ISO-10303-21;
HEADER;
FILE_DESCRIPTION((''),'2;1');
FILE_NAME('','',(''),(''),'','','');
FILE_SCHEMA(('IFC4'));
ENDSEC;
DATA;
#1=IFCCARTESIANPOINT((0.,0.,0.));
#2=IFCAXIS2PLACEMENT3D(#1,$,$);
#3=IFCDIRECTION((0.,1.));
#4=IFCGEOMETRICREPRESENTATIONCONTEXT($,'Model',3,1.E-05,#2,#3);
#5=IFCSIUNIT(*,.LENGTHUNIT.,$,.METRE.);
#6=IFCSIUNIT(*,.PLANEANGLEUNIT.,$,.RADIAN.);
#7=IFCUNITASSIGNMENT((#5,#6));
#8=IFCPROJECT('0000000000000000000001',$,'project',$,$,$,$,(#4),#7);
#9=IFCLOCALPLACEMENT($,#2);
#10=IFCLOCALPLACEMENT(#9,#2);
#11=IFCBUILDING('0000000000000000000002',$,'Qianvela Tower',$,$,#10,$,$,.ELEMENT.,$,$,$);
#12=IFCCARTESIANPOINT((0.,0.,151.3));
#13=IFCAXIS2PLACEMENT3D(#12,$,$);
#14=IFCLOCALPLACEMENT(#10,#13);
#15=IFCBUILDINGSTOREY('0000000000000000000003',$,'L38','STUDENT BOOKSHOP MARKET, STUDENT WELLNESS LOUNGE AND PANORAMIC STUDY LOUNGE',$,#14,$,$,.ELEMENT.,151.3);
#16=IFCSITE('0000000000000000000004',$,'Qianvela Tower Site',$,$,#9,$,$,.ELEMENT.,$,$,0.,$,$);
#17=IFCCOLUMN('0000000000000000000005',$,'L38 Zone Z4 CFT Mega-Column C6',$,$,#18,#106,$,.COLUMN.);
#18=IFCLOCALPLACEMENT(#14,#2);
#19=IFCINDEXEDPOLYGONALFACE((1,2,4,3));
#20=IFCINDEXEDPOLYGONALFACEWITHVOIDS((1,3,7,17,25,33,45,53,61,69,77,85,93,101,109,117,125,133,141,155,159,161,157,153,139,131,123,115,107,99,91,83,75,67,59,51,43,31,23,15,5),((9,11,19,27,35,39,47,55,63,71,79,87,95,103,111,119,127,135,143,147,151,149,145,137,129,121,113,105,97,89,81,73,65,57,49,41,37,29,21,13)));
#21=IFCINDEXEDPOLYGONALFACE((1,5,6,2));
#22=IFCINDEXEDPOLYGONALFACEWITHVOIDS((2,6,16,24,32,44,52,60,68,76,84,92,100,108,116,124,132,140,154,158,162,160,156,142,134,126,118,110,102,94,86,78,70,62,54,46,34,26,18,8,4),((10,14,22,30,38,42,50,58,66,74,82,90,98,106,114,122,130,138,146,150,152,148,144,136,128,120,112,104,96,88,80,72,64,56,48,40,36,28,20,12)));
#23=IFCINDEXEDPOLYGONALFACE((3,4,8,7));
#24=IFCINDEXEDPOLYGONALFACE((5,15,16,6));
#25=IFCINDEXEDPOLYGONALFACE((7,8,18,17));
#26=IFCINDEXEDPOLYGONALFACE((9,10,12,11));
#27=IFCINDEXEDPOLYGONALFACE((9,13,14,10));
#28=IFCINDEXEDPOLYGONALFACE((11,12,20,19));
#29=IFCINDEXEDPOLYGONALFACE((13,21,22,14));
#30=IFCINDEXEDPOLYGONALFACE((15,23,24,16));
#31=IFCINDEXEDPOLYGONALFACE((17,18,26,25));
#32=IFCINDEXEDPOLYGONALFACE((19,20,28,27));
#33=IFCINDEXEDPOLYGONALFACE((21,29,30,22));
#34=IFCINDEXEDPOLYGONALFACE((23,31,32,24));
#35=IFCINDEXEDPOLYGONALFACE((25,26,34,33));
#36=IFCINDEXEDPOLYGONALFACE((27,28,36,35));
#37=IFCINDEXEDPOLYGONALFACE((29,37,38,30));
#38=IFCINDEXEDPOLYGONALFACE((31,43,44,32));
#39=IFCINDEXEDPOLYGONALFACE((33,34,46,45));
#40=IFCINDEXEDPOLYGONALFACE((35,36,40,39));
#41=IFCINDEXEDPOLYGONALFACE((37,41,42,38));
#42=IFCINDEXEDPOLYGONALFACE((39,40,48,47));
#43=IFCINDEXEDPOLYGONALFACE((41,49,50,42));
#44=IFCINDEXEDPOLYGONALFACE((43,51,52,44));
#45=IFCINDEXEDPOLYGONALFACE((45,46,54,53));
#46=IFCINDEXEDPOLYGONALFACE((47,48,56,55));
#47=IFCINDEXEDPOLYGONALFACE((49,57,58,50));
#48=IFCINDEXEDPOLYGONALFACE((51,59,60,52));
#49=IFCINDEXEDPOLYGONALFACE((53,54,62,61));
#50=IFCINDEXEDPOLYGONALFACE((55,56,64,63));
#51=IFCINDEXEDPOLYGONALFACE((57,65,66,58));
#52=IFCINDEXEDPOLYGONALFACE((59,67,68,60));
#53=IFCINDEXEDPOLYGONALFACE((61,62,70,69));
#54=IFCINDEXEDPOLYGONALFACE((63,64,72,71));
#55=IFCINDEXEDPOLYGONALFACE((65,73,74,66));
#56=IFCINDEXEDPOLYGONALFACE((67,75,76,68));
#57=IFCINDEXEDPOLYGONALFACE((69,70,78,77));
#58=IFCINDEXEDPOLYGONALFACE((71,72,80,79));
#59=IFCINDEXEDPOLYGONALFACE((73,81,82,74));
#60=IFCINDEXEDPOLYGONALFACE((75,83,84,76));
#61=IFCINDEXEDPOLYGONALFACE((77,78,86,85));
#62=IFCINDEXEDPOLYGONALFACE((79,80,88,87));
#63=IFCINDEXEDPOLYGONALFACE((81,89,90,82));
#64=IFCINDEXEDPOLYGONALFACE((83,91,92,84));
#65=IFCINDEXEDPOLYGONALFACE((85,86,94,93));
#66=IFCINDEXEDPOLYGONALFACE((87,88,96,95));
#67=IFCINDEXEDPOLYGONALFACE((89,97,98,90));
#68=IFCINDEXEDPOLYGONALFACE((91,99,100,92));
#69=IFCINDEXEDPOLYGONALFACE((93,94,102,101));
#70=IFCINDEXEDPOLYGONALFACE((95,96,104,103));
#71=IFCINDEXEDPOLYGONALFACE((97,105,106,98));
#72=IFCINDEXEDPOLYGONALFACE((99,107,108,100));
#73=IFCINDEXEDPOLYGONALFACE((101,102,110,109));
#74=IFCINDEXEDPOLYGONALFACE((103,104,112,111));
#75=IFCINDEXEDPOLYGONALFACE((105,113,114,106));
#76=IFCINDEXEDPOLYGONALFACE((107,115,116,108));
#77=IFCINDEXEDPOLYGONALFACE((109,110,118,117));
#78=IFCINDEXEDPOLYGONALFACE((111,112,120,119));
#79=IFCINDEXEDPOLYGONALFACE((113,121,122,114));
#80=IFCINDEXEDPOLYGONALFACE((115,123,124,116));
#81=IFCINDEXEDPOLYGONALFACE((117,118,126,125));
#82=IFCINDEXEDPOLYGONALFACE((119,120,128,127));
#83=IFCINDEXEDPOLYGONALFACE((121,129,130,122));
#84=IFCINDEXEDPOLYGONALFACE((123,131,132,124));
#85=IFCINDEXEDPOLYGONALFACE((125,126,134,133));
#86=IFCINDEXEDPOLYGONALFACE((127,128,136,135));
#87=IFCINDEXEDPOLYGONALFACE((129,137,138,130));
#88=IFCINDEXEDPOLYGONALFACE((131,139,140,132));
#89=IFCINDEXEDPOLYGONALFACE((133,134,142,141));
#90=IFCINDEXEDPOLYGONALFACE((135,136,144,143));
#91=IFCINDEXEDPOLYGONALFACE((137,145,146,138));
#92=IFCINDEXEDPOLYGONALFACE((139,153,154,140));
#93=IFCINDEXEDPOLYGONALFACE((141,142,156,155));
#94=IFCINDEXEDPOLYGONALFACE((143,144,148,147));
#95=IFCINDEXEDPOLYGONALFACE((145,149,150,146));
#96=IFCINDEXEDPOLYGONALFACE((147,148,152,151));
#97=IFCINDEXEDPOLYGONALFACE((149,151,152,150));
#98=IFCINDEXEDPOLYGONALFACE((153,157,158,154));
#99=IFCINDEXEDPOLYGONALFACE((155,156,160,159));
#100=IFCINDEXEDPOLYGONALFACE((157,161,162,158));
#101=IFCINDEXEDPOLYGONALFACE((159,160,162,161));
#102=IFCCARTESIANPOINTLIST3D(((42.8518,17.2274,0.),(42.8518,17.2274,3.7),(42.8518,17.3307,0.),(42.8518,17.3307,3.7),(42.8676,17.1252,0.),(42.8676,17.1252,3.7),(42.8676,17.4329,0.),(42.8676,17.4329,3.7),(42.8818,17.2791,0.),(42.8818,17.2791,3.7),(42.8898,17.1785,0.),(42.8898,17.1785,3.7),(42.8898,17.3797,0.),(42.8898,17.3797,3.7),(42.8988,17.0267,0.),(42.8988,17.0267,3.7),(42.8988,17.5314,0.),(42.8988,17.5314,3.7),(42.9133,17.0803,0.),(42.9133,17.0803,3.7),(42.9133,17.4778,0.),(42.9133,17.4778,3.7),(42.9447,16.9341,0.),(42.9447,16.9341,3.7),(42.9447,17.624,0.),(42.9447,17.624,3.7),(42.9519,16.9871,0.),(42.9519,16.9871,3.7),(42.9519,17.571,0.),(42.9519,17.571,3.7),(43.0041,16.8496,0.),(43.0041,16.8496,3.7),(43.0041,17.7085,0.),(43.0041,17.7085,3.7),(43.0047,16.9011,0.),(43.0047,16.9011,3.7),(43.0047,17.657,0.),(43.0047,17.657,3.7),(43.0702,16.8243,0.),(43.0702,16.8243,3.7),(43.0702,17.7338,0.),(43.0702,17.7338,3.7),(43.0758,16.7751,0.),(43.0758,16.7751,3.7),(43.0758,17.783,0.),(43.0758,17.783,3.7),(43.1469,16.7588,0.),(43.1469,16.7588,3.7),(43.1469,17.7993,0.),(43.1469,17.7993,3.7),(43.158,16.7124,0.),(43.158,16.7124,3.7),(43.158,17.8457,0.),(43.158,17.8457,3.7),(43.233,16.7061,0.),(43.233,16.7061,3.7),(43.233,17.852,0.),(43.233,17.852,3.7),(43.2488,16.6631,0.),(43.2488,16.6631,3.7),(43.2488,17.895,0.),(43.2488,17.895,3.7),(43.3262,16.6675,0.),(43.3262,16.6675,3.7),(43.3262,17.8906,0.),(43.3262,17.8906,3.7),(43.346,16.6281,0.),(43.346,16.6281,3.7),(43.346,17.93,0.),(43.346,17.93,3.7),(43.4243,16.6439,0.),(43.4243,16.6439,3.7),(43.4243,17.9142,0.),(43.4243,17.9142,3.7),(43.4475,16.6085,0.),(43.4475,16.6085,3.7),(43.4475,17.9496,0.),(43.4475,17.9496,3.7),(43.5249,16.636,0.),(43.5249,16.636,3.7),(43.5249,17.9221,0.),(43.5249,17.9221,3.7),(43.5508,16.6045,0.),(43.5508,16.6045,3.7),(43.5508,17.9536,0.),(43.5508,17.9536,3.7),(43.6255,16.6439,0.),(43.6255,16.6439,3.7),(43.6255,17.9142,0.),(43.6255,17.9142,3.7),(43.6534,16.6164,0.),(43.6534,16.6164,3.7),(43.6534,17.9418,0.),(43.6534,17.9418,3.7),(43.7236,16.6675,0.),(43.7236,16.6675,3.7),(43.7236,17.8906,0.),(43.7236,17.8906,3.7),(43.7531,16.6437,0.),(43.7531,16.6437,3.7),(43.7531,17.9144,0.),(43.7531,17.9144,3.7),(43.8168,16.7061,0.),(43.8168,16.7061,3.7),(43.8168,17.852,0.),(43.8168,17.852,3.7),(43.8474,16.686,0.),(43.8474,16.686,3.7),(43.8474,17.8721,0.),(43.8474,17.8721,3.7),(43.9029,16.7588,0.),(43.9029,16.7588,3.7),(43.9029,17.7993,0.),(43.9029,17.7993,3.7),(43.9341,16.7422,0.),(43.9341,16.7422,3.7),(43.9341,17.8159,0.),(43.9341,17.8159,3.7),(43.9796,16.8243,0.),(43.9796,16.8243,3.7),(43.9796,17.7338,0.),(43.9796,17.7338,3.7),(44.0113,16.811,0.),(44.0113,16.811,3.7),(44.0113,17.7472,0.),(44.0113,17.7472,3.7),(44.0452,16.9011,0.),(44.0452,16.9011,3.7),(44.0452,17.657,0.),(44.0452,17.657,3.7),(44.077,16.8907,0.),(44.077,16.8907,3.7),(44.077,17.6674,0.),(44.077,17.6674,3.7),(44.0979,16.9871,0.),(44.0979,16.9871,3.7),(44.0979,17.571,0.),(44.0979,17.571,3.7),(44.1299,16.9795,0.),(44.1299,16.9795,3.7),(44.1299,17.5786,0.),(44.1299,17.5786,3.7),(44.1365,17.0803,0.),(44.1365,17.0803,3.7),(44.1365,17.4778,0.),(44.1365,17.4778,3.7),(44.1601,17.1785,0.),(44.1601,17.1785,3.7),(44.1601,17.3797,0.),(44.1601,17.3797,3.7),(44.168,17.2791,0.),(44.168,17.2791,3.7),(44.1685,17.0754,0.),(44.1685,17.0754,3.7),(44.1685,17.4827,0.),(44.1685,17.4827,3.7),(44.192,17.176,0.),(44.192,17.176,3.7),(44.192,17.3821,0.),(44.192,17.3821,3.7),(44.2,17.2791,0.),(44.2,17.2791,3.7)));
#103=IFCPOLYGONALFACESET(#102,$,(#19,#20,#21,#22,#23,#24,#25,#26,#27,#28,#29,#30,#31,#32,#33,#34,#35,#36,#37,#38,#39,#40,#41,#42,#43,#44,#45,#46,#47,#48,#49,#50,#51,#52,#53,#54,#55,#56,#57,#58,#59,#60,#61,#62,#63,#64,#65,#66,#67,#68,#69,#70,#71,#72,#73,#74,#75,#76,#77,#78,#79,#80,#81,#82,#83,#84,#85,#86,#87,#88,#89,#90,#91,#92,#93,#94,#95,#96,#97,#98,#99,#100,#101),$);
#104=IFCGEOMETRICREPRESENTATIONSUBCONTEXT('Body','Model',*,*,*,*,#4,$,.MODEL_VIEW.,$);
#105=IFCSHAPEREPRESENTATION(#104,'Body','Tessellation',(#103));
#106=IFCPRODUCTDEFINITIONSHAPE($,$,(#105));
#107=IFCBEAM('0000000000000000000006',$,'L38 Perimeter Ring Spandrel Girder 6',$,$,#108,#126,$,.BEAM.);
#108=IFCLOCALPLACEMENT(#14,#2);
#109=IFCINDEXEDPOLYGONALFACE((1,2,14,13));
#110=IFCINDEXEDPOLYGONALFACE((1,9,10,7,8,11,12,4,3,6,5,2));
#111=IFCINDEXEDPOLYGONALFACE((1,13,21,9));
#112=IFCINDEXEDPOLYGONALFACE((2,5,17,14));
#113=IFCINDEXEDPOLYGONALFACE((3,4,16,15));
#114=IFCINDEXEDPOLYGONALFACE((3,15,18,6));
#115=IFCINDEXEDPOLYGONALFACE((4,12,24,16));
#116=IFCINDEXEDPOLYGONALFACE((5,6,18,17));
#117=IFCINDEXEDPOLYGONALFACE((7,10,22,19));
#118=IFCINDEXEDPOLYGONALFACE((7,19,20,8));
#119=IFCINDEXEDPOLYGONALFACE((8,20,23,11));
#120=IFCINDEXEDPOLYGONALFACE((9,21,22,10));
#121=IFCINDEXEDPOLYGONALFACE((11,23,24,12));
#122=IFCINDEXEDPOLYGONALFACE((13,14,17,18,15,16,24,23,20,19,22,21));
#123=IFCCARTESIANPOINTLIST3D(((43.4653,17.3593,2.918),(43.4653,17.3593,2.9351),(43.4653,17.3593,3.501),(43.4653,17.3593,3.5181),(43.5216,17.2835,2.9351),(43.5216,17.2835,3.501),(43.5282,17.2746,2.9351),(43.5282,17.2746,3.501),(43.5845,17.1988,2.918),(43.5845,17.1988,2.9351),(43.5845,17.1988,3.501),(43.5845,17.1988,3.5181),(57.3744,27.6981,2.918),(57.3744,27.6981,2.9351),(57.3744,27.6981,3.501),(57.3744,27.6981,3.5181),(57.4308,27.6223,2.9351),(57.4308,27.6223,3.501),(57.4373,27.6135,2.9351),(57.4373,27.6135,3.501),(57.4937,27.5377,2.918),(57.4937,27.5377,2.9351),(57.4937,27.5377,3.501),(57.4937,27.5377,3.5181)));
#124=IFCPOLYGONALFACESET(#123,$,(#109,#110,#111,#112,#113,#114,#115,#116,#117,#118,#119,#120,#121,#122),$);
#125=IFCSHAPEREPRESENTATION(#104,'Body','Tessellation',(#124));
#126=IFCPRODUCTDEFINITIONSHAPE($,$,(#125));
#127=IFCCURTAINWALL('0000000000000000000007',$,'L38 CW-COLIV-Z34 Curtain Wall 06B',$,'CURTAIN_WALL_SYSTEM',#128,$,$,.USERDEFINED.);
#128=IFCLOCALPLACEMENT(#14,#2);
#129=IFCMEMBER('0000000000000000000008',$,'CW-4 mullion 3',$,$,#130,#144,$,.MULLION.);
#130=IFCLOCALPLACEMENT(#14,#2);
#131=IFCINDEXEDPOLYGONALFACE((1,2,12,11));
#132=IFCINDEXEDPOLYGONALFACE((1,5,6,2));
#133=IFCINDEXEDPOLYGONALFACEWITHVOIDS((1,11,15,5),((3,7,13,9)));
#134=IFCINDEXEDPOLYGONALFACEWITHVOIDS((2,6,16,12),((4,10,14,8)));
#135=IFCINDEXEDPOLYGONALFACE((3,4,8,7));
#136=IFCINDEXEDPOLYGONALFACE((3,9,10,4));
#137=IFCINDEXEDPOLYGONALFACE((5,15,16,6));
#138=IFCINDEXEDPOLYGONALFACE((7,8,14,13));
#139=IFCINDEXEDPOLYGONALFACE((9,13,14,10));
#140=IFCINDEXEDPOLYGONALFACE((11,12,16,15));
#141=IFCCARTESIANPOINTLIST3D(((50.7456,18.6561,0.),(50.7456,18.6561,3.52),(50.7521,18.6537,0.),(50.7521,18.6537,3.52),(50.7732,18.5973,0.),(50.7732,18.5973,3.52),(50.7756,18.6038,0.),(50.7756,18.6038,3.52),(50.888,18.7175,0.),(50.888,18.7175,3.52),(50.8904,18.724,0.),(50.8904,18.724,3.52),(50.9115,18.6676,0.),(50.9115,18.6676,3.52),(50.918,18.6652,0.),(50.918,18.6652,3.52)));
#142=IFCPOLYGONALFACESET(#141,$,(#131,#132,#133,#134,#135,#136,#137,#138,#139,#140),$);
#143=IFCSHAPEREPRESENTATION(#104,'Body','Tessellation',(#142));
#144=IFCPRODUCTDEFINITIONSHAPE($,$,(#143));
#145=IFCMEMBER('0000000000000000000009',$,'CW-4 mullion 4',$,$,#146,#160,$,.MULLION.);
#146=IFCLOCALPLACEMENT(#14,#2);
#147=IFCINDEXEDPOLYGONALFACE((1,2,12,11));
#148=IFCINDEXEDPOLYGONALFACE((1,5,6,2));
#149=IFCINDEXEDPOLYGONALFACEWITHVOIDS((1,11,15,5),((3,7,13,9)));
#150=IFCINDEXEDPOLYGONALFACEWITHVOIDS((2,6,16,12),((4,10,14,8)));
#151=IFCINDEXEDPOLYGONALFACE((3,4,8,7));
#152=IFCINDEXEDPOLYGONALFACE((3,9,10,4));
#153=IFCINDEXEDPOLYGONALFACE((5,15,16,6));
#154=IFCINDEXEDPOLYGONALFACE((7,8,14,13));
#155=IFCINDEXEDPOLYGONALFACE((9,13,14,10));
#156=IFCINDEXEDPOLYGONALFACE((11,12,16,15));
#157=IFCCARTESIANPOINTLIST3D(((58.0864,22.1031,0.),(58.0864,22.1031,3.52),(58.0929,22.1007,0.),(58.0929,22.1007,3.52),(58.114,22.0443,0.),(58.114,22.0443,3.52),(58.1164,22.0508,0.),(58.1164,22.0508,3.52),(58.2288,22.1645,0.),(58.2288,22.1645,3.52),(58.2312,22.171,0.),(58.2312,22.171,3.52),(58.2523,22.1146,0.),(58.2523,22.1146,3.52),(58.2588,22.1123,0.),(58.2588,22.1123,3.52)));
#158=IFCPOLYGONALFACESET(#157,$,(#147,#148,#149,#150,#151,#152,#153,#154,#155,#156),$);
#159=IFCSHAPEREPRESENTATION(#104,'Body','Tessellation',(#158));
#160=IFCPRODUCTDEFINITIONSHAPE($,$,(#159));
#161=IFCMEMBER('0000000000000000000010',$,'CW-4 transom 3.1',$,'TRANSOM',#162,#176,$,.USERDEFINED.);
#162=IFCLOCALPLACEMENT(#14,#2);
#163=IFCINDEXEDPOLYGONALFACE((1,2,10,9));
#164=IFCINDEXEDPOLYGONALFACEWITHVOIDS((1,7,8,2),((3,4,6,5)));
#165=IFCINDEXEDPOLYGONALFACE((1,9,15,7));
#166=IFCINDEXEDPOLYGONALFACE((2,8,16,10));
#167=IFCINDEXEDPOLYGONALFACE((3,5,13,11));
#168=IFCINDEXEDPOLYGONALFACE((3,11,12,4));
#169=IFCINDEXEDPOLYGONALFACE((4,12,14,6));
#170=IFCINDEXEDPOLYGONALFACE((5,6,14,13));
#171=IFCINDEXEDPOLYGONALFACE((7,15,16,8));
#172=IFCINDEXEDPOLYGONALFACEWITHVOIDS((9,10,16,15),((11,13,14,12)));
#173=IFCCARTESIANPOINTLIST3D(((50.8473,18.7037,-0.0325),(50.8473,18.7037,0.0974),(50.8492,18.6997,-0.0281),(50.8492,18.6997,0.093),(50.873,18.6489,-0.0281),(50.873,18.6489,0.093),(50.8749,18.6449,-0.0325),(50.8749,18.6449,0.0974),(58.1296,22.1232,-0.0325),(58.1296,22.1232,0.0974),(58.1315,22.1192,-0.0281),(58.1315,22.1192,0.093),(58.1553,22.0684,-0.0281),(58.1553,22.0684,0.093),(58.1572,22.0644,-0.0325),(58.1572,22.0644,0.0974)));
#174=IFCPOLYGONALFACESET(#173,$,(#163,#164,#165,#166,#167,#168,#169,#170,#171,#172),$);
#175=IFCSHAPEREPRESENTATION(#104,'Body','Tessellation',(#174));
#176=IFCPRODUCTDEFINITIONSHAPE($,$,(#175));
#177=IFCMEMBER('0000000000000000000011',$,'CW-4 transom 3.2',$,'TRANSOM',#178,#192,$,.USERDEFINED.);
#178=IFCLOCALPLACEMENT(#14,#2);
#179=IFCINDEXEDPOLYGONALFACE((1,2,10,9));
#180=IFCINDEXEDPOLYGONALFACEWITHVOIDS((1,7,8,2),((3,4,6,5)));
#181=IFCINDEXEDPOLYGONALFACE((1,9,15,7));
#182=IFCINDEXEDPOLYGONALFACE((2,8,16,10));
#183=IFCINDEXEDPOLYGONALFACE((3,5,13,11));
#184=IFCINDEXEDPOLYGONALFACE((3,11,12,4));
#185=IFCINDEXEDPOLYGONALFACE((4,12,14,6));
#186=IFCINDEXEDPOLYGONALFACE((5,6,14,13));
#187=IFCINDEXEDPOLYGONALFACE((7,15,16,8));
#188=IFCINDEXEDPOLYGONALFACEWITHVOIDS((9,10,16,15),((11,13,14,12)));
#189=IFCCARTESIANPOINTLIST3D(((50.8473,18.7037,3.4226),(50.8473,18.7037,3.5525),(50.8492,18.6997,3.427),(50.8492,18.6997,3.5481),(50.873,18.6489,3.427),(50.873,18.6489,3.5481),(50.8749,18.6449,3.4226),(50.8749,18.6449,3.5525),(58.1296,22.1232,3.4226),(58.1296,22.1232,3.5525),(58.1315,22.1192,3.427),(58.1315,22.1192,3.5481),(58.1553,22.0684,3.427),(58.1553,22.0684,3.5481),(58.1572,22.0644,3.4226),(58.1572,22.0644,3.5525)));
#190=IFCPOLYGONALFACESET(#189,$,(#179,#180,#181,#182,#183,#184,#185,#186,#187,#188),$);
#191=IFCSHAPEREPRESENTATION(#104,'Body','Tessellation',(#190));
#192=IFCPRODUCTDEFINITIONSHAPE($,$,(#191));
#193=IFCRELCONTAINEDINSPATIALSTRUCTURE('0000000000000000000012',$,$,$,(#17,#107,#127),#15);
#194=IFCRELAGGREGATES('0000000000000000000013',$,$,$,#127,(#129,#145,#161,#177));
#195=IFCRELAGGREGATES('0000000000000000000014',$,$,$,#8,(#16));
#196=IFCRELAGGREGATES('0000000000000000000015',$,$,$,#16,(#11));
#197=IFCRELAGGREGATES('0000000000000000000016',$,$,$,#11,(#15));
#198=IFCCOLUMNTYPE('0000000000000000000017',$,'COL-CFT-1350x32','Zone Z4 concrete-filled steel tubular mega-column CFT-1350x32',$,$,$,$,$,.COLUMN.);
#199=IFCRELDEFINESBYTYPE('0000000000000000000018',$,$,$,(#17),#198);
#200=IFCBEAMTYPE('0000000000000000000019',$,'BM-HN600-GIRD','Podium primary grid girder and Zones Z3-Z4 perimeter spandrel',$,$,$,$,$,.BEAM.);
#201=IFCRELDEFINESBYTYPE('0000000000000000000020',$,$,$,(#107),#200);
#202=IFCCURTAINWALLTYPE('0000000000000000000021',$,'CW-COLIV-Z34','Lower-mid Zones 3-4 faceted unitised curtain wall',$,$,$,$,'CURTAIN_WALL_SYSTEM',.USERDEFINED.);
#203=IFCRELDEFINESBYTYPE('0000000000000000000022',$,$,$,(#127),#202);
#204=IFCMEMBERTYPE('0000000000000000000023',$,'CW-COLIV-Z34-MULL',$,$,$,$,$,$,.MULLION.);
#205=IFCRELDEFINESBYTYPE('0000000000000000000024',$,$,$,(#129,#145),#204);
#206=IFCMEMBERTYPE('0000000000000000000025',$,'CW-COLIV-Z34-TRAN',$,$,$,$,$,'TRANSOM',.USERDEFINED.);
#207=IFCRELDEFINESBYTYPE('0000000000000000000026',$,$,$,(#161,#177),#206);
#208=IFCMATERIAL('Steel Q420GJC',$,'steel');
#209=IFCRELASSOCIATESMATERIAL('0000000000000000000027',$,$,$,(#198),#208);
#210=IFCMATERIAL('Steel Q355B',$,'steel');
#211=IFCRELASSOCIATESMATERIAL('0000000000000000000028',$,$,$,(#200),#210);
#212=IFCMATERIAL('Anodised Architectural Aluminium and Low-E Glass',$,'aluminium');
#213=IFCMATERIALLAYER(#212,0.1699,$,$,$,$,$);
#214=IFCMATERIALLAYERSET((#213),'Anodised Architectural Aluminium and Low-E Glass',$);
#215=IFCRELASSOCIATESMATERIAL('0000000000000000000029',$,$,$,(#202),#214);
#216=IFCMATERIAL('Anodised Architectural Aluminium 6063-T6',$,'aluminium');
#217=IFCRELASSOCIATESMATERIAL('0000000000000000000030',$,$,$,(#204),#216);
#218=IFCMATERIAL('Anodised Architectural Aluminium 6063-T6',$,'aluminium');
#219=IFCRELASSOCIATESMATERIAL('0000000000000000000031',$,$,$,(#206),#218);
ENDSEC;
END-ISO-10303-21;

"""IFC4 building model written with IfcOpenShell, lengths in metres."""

from ifc_helpers import new_model, si_unit, direction, frame, origin, origin_2d, place, context, subcontext, project, spatial, hollow_rectangle, hollow_circle, i_section, extrude, material, layer, layer_set, material_profile, profile_set, type_object, element, aggregate, save


model = new_model("IFC4")

# Units and contexts
model_context = context("Model", 3, precision=1e-05, world=origin(), true_north=direction((0.0, 1.0)))
body_context = subcontext(model_context, "Body", "Model", "MODEL_VIEW")
ifc_project = project(units=[si_unit("LENGTHUNIT", "METRE"), si_unit("PLANEANGLEUNIT", "RADIAN")], contexts=[model_context])

# Site, building, storey
site_placement = place(None, origin())
site = spatial("IfcSite", under=ifc_project, at=site_placement, Name="Qianvela Tower Site", CompositionType="ELEMENT", RefElevation=0.0)
building_placement = place(site_placement, origin())
building = spatial("IfcBuilding", under=site, at=building_placement, Name="Qianvela Tower", CompositionType="ELEMENT")
storey_placement = place(building_placement, frame((0.0, 0.0, 151.3)))
storey = spatial("IfcBuildingStorey", under=building, at=storey_placement, Name="L38", Description="STUDENT BOOKSHOP MARKET, STUDENT WELLNESS LOUNGE AND PANORAMIC STUDY LOUNGE", CompositionType="ELEMENT", Elevation=151.3)

# Column
ifc_material_1 = material(Name="Steel Q420GJC", Category="steel")
ifc_material_profile_1 = material_profile(ifc_material_1, hollow_circle(Radius=0.675, WallThickness=0.032, at=origin_2d()), Name="CFT-1350x32")
ifc_profile_set_1 = profile_set([ifc_material_profile_1], Name="Steel Q420GJC")
column_type = type_object("IfcColumnType", Name="COL-CFT-1350x32", Description="Zone Z4 concrete-filled steel tubular mega-column CFT-1350x32", PredefinedType="COLUMN", material=ifc_profile_set_1)
column_placement = place(storey_placement, frame((43.5249, 17.2791, 0.0), z_axis=(0.0, 0.0, 1.0), x_axis=(1.0, 0.0, 0.0)))
element("IfcColumn", 1, at=column_placement, inside=storey, type_object=column_type, Name="L38 Zone Z4 CFT Mega-Column C6", PredefinedType="COLUMN", context=body_context, shape_type="SweptSolid", body=[
    extrude(hollow_circle(Radius=0.675, WallThickness=0.032, at=origin_2d()), origin(), (0.0, 0.0, 1.0), 3.7),
])

# Beam
ifc_material_2 = material(Name="Steel Q355B", Category="steel")
ifc_material_profile_2 = material_profile(ifc_material_2, i_section(OverallWidth=0.2, OverallDepth=0.6001, WebThickness=0.011, FlangeThickness=0.0171, at=origin_2d()), Name="HN600x200x11x17")
ifc_profile_set_2 = profile_set([ifc_material_profile_2], Name="Steel Q355B")
beam_type = type_object("IfcBeamType", Name="BM-HN600-GIRD", Description="Podium primary grid girder and Zones Z3-Z4 perimeter spandrel", PredefinedType="BEAM", material=ifc_profile_set_2)
beam_placement = place(storey_placement, frame((43.5249, 17.2791, 3.218), z_axis=(0.802569, 0.596559, 0.0), x_axis=(-0.596559, 0.802569, 0.0)))
element("IfcBeam", 2, at=beam_placement, inside=storey, type_object=beam_type, Name="L38 Perimeter Ring Spandrel Girder 6", PredefinedType="BEAM", context=body_context, shape_type="SweptSolid", body=[
    extrude(i_section(OverallWidth=0.2, OverallDepth=0.6001, WebThickness=0.011, FlangeThickness=0.0171, at=origin_2d()), origin(), (0.0, 0.0, 1.0), 17.3308),
])

# Curtain wall, members
ifc_material_3 = material(Name="Anodised Architectural Aluminium and Low-E Glass", Category="aluminium")
ifc_layer_1 = layer(ifc_material_3, 0.1699)
ifc_layer_set_1 = layer_set([ifc_layer_1], Name="Anodised Architectural Aluminium and Low-E Glass")
curtain_wall_type = type_object("IfcCurtainWallType", Name="CW-COLIV-Z34", Description="Lower-mid Zones 3-4 faceted unitised curtain wall", ElementType="CURTAIN_WALL_SYSTEM", PredefinedType="USERDEFINED", material=ifc_layer_set_1)
curtain_wall_placement = place(storey_placement, origin())
curtain_wall = element("IfcCurtainWall", 3, at=curtain_wall_placement, inside=storey, type_object=curtain_wall_type, Name="L38 CW-COLIV-Z34 Curtain Wall 06B", ObjectType="CURTAIN_WALL_SYSTEM", PredefinedType="USERDEFINED")
ifc_material_4 = material(Name="Anodised Architectural Aluminium 6063-T6", Category="aluminium")
ifc_material_profile_3 = material_profile(ifc_material_4, hollow_rectangle(XDim=0.0649, YDim=0.1599, WallThickness=0.0049, at=origin_2d()), Name="ALU-MULL-65x160")
ifc_profile_set_3 = profile_set([ifc_material_profile_3], Name="Anodised Architectural Aluminium 6063-T6")
member_type_1 = type_object("IfcMemberType", Name="CW-COLIV-Z34-MULL", PredefinedType="MULLION", material=ifc_profile_set_3)
member_1_placement = place(storey_placement, frame((50.8318, 18.6606, 0.0), z_axis=(0.0, 0.0, 1.0), x_axis=(-0.425035, 0.905177, 0.0)))
member_1 = element("IfcMember", 4, at=member_1_placement, type_object=member_type_1, Name="CW-4 mullion 3", PredefinedType="MULLION", context=body_context, shape_type="SweptSolid", body=[
    extrude(hollow_rectangle(XDim=0.0649, YDim=0.1599, WallThickness=0.0049, at=origin_2d()), origin(), (0.0, 0.0, 1.0), 3.52),
])
member_2_placement = place(storey_placement, frame((58.1726, 22.1077, 0.0), z_axis=(0.0, 0.0, 1.0), x_axis=(-0.425035, 0.905177, 0.0)))
member_2 = element("IfcMember", 5, at=member_2_placement, type_object=member_type_1, Name="CW-4 mullion 4", PredefinedType="MULLION", context=body_context, shape_type="SweptSolid", body=[
    extrude(hollow_rectangle(XDim=0.0649, YDim=0.1599, WallThickness=0.0049, at=origin_2d()), origin(), (0.0, 0.0, 1.0), 3.52),
])
ifc_material_5 = material(Name="Anodised Architectural Aluminium 6063-T6", Category="aluminium")
ifc_material_profile_4 = material_profile(ifc_material_5, hollow_rectangle(XDim=0.0649, YDim=0.1299, WallThickness=0.0044, at=origin_2d()), Name="ALU-TRAN-65x130")
ifc_profile_set_4 = profile_set([ifc_material_profile_4], Name="Anodised Architectural Aluminium 6063-T6")
member_type_2 = type_object("IfcMemberType", Name="CW-COLIV-Z34-TRAN", ElementType="TRANSOM", PredefinedType="USERDEFINED", material=ifc_profile_set_4)
member_3_placement = place(storey_placement, frame((50.8611, 18.6743, 0.0325), z_axis=(0.905177, 0.425034, 0.0), x_axis=(-0.425034, 0.905177, 0.0)))
member_3 = element("IfcMember", 6, at=member_3_placement, type_object=member_type_2, Name="CW-4 transom 3.1", ObjectType="TRANSOM", PredefinedType="USERDEFINED", context=body_context, shape_type="SweptSolid", body=[
    extrude(hollow_rectangle(XDim=0.0649, YDim=0.1299, WallThickness=0.0044, at=origin_2d()), origin(), (0.0, 0.0, 1.0), 8.0452),
])
member_4_placement = place(storey_placement, frame((50.8611, 18.6743, 3.4875), z_axis=(0.905177, 0.425034, 0.0), x_axis=(-0.425034, 0.905177, 0.0)))
member_4 = element("IfcMember", 7, at=member_4_placement, type_object=member_type_2, Name="CW-4 transom 3.2", ObjectType="TRANSOM", PredefinedType="USERDEFINED", context=body_context, shape_type="SweptSolid", body=[
    extrude(hollow_rectangle(XDim=0.0649, YDim=0.1299, WallThickness=0.0044, at=origin_2d()), origin(), (0.0, 0.0, 1.0), 8.0452),
])
aggregate(curtain_wall, [member_1, member_2, member_3, member_4])

save(model, "model.ifc")
